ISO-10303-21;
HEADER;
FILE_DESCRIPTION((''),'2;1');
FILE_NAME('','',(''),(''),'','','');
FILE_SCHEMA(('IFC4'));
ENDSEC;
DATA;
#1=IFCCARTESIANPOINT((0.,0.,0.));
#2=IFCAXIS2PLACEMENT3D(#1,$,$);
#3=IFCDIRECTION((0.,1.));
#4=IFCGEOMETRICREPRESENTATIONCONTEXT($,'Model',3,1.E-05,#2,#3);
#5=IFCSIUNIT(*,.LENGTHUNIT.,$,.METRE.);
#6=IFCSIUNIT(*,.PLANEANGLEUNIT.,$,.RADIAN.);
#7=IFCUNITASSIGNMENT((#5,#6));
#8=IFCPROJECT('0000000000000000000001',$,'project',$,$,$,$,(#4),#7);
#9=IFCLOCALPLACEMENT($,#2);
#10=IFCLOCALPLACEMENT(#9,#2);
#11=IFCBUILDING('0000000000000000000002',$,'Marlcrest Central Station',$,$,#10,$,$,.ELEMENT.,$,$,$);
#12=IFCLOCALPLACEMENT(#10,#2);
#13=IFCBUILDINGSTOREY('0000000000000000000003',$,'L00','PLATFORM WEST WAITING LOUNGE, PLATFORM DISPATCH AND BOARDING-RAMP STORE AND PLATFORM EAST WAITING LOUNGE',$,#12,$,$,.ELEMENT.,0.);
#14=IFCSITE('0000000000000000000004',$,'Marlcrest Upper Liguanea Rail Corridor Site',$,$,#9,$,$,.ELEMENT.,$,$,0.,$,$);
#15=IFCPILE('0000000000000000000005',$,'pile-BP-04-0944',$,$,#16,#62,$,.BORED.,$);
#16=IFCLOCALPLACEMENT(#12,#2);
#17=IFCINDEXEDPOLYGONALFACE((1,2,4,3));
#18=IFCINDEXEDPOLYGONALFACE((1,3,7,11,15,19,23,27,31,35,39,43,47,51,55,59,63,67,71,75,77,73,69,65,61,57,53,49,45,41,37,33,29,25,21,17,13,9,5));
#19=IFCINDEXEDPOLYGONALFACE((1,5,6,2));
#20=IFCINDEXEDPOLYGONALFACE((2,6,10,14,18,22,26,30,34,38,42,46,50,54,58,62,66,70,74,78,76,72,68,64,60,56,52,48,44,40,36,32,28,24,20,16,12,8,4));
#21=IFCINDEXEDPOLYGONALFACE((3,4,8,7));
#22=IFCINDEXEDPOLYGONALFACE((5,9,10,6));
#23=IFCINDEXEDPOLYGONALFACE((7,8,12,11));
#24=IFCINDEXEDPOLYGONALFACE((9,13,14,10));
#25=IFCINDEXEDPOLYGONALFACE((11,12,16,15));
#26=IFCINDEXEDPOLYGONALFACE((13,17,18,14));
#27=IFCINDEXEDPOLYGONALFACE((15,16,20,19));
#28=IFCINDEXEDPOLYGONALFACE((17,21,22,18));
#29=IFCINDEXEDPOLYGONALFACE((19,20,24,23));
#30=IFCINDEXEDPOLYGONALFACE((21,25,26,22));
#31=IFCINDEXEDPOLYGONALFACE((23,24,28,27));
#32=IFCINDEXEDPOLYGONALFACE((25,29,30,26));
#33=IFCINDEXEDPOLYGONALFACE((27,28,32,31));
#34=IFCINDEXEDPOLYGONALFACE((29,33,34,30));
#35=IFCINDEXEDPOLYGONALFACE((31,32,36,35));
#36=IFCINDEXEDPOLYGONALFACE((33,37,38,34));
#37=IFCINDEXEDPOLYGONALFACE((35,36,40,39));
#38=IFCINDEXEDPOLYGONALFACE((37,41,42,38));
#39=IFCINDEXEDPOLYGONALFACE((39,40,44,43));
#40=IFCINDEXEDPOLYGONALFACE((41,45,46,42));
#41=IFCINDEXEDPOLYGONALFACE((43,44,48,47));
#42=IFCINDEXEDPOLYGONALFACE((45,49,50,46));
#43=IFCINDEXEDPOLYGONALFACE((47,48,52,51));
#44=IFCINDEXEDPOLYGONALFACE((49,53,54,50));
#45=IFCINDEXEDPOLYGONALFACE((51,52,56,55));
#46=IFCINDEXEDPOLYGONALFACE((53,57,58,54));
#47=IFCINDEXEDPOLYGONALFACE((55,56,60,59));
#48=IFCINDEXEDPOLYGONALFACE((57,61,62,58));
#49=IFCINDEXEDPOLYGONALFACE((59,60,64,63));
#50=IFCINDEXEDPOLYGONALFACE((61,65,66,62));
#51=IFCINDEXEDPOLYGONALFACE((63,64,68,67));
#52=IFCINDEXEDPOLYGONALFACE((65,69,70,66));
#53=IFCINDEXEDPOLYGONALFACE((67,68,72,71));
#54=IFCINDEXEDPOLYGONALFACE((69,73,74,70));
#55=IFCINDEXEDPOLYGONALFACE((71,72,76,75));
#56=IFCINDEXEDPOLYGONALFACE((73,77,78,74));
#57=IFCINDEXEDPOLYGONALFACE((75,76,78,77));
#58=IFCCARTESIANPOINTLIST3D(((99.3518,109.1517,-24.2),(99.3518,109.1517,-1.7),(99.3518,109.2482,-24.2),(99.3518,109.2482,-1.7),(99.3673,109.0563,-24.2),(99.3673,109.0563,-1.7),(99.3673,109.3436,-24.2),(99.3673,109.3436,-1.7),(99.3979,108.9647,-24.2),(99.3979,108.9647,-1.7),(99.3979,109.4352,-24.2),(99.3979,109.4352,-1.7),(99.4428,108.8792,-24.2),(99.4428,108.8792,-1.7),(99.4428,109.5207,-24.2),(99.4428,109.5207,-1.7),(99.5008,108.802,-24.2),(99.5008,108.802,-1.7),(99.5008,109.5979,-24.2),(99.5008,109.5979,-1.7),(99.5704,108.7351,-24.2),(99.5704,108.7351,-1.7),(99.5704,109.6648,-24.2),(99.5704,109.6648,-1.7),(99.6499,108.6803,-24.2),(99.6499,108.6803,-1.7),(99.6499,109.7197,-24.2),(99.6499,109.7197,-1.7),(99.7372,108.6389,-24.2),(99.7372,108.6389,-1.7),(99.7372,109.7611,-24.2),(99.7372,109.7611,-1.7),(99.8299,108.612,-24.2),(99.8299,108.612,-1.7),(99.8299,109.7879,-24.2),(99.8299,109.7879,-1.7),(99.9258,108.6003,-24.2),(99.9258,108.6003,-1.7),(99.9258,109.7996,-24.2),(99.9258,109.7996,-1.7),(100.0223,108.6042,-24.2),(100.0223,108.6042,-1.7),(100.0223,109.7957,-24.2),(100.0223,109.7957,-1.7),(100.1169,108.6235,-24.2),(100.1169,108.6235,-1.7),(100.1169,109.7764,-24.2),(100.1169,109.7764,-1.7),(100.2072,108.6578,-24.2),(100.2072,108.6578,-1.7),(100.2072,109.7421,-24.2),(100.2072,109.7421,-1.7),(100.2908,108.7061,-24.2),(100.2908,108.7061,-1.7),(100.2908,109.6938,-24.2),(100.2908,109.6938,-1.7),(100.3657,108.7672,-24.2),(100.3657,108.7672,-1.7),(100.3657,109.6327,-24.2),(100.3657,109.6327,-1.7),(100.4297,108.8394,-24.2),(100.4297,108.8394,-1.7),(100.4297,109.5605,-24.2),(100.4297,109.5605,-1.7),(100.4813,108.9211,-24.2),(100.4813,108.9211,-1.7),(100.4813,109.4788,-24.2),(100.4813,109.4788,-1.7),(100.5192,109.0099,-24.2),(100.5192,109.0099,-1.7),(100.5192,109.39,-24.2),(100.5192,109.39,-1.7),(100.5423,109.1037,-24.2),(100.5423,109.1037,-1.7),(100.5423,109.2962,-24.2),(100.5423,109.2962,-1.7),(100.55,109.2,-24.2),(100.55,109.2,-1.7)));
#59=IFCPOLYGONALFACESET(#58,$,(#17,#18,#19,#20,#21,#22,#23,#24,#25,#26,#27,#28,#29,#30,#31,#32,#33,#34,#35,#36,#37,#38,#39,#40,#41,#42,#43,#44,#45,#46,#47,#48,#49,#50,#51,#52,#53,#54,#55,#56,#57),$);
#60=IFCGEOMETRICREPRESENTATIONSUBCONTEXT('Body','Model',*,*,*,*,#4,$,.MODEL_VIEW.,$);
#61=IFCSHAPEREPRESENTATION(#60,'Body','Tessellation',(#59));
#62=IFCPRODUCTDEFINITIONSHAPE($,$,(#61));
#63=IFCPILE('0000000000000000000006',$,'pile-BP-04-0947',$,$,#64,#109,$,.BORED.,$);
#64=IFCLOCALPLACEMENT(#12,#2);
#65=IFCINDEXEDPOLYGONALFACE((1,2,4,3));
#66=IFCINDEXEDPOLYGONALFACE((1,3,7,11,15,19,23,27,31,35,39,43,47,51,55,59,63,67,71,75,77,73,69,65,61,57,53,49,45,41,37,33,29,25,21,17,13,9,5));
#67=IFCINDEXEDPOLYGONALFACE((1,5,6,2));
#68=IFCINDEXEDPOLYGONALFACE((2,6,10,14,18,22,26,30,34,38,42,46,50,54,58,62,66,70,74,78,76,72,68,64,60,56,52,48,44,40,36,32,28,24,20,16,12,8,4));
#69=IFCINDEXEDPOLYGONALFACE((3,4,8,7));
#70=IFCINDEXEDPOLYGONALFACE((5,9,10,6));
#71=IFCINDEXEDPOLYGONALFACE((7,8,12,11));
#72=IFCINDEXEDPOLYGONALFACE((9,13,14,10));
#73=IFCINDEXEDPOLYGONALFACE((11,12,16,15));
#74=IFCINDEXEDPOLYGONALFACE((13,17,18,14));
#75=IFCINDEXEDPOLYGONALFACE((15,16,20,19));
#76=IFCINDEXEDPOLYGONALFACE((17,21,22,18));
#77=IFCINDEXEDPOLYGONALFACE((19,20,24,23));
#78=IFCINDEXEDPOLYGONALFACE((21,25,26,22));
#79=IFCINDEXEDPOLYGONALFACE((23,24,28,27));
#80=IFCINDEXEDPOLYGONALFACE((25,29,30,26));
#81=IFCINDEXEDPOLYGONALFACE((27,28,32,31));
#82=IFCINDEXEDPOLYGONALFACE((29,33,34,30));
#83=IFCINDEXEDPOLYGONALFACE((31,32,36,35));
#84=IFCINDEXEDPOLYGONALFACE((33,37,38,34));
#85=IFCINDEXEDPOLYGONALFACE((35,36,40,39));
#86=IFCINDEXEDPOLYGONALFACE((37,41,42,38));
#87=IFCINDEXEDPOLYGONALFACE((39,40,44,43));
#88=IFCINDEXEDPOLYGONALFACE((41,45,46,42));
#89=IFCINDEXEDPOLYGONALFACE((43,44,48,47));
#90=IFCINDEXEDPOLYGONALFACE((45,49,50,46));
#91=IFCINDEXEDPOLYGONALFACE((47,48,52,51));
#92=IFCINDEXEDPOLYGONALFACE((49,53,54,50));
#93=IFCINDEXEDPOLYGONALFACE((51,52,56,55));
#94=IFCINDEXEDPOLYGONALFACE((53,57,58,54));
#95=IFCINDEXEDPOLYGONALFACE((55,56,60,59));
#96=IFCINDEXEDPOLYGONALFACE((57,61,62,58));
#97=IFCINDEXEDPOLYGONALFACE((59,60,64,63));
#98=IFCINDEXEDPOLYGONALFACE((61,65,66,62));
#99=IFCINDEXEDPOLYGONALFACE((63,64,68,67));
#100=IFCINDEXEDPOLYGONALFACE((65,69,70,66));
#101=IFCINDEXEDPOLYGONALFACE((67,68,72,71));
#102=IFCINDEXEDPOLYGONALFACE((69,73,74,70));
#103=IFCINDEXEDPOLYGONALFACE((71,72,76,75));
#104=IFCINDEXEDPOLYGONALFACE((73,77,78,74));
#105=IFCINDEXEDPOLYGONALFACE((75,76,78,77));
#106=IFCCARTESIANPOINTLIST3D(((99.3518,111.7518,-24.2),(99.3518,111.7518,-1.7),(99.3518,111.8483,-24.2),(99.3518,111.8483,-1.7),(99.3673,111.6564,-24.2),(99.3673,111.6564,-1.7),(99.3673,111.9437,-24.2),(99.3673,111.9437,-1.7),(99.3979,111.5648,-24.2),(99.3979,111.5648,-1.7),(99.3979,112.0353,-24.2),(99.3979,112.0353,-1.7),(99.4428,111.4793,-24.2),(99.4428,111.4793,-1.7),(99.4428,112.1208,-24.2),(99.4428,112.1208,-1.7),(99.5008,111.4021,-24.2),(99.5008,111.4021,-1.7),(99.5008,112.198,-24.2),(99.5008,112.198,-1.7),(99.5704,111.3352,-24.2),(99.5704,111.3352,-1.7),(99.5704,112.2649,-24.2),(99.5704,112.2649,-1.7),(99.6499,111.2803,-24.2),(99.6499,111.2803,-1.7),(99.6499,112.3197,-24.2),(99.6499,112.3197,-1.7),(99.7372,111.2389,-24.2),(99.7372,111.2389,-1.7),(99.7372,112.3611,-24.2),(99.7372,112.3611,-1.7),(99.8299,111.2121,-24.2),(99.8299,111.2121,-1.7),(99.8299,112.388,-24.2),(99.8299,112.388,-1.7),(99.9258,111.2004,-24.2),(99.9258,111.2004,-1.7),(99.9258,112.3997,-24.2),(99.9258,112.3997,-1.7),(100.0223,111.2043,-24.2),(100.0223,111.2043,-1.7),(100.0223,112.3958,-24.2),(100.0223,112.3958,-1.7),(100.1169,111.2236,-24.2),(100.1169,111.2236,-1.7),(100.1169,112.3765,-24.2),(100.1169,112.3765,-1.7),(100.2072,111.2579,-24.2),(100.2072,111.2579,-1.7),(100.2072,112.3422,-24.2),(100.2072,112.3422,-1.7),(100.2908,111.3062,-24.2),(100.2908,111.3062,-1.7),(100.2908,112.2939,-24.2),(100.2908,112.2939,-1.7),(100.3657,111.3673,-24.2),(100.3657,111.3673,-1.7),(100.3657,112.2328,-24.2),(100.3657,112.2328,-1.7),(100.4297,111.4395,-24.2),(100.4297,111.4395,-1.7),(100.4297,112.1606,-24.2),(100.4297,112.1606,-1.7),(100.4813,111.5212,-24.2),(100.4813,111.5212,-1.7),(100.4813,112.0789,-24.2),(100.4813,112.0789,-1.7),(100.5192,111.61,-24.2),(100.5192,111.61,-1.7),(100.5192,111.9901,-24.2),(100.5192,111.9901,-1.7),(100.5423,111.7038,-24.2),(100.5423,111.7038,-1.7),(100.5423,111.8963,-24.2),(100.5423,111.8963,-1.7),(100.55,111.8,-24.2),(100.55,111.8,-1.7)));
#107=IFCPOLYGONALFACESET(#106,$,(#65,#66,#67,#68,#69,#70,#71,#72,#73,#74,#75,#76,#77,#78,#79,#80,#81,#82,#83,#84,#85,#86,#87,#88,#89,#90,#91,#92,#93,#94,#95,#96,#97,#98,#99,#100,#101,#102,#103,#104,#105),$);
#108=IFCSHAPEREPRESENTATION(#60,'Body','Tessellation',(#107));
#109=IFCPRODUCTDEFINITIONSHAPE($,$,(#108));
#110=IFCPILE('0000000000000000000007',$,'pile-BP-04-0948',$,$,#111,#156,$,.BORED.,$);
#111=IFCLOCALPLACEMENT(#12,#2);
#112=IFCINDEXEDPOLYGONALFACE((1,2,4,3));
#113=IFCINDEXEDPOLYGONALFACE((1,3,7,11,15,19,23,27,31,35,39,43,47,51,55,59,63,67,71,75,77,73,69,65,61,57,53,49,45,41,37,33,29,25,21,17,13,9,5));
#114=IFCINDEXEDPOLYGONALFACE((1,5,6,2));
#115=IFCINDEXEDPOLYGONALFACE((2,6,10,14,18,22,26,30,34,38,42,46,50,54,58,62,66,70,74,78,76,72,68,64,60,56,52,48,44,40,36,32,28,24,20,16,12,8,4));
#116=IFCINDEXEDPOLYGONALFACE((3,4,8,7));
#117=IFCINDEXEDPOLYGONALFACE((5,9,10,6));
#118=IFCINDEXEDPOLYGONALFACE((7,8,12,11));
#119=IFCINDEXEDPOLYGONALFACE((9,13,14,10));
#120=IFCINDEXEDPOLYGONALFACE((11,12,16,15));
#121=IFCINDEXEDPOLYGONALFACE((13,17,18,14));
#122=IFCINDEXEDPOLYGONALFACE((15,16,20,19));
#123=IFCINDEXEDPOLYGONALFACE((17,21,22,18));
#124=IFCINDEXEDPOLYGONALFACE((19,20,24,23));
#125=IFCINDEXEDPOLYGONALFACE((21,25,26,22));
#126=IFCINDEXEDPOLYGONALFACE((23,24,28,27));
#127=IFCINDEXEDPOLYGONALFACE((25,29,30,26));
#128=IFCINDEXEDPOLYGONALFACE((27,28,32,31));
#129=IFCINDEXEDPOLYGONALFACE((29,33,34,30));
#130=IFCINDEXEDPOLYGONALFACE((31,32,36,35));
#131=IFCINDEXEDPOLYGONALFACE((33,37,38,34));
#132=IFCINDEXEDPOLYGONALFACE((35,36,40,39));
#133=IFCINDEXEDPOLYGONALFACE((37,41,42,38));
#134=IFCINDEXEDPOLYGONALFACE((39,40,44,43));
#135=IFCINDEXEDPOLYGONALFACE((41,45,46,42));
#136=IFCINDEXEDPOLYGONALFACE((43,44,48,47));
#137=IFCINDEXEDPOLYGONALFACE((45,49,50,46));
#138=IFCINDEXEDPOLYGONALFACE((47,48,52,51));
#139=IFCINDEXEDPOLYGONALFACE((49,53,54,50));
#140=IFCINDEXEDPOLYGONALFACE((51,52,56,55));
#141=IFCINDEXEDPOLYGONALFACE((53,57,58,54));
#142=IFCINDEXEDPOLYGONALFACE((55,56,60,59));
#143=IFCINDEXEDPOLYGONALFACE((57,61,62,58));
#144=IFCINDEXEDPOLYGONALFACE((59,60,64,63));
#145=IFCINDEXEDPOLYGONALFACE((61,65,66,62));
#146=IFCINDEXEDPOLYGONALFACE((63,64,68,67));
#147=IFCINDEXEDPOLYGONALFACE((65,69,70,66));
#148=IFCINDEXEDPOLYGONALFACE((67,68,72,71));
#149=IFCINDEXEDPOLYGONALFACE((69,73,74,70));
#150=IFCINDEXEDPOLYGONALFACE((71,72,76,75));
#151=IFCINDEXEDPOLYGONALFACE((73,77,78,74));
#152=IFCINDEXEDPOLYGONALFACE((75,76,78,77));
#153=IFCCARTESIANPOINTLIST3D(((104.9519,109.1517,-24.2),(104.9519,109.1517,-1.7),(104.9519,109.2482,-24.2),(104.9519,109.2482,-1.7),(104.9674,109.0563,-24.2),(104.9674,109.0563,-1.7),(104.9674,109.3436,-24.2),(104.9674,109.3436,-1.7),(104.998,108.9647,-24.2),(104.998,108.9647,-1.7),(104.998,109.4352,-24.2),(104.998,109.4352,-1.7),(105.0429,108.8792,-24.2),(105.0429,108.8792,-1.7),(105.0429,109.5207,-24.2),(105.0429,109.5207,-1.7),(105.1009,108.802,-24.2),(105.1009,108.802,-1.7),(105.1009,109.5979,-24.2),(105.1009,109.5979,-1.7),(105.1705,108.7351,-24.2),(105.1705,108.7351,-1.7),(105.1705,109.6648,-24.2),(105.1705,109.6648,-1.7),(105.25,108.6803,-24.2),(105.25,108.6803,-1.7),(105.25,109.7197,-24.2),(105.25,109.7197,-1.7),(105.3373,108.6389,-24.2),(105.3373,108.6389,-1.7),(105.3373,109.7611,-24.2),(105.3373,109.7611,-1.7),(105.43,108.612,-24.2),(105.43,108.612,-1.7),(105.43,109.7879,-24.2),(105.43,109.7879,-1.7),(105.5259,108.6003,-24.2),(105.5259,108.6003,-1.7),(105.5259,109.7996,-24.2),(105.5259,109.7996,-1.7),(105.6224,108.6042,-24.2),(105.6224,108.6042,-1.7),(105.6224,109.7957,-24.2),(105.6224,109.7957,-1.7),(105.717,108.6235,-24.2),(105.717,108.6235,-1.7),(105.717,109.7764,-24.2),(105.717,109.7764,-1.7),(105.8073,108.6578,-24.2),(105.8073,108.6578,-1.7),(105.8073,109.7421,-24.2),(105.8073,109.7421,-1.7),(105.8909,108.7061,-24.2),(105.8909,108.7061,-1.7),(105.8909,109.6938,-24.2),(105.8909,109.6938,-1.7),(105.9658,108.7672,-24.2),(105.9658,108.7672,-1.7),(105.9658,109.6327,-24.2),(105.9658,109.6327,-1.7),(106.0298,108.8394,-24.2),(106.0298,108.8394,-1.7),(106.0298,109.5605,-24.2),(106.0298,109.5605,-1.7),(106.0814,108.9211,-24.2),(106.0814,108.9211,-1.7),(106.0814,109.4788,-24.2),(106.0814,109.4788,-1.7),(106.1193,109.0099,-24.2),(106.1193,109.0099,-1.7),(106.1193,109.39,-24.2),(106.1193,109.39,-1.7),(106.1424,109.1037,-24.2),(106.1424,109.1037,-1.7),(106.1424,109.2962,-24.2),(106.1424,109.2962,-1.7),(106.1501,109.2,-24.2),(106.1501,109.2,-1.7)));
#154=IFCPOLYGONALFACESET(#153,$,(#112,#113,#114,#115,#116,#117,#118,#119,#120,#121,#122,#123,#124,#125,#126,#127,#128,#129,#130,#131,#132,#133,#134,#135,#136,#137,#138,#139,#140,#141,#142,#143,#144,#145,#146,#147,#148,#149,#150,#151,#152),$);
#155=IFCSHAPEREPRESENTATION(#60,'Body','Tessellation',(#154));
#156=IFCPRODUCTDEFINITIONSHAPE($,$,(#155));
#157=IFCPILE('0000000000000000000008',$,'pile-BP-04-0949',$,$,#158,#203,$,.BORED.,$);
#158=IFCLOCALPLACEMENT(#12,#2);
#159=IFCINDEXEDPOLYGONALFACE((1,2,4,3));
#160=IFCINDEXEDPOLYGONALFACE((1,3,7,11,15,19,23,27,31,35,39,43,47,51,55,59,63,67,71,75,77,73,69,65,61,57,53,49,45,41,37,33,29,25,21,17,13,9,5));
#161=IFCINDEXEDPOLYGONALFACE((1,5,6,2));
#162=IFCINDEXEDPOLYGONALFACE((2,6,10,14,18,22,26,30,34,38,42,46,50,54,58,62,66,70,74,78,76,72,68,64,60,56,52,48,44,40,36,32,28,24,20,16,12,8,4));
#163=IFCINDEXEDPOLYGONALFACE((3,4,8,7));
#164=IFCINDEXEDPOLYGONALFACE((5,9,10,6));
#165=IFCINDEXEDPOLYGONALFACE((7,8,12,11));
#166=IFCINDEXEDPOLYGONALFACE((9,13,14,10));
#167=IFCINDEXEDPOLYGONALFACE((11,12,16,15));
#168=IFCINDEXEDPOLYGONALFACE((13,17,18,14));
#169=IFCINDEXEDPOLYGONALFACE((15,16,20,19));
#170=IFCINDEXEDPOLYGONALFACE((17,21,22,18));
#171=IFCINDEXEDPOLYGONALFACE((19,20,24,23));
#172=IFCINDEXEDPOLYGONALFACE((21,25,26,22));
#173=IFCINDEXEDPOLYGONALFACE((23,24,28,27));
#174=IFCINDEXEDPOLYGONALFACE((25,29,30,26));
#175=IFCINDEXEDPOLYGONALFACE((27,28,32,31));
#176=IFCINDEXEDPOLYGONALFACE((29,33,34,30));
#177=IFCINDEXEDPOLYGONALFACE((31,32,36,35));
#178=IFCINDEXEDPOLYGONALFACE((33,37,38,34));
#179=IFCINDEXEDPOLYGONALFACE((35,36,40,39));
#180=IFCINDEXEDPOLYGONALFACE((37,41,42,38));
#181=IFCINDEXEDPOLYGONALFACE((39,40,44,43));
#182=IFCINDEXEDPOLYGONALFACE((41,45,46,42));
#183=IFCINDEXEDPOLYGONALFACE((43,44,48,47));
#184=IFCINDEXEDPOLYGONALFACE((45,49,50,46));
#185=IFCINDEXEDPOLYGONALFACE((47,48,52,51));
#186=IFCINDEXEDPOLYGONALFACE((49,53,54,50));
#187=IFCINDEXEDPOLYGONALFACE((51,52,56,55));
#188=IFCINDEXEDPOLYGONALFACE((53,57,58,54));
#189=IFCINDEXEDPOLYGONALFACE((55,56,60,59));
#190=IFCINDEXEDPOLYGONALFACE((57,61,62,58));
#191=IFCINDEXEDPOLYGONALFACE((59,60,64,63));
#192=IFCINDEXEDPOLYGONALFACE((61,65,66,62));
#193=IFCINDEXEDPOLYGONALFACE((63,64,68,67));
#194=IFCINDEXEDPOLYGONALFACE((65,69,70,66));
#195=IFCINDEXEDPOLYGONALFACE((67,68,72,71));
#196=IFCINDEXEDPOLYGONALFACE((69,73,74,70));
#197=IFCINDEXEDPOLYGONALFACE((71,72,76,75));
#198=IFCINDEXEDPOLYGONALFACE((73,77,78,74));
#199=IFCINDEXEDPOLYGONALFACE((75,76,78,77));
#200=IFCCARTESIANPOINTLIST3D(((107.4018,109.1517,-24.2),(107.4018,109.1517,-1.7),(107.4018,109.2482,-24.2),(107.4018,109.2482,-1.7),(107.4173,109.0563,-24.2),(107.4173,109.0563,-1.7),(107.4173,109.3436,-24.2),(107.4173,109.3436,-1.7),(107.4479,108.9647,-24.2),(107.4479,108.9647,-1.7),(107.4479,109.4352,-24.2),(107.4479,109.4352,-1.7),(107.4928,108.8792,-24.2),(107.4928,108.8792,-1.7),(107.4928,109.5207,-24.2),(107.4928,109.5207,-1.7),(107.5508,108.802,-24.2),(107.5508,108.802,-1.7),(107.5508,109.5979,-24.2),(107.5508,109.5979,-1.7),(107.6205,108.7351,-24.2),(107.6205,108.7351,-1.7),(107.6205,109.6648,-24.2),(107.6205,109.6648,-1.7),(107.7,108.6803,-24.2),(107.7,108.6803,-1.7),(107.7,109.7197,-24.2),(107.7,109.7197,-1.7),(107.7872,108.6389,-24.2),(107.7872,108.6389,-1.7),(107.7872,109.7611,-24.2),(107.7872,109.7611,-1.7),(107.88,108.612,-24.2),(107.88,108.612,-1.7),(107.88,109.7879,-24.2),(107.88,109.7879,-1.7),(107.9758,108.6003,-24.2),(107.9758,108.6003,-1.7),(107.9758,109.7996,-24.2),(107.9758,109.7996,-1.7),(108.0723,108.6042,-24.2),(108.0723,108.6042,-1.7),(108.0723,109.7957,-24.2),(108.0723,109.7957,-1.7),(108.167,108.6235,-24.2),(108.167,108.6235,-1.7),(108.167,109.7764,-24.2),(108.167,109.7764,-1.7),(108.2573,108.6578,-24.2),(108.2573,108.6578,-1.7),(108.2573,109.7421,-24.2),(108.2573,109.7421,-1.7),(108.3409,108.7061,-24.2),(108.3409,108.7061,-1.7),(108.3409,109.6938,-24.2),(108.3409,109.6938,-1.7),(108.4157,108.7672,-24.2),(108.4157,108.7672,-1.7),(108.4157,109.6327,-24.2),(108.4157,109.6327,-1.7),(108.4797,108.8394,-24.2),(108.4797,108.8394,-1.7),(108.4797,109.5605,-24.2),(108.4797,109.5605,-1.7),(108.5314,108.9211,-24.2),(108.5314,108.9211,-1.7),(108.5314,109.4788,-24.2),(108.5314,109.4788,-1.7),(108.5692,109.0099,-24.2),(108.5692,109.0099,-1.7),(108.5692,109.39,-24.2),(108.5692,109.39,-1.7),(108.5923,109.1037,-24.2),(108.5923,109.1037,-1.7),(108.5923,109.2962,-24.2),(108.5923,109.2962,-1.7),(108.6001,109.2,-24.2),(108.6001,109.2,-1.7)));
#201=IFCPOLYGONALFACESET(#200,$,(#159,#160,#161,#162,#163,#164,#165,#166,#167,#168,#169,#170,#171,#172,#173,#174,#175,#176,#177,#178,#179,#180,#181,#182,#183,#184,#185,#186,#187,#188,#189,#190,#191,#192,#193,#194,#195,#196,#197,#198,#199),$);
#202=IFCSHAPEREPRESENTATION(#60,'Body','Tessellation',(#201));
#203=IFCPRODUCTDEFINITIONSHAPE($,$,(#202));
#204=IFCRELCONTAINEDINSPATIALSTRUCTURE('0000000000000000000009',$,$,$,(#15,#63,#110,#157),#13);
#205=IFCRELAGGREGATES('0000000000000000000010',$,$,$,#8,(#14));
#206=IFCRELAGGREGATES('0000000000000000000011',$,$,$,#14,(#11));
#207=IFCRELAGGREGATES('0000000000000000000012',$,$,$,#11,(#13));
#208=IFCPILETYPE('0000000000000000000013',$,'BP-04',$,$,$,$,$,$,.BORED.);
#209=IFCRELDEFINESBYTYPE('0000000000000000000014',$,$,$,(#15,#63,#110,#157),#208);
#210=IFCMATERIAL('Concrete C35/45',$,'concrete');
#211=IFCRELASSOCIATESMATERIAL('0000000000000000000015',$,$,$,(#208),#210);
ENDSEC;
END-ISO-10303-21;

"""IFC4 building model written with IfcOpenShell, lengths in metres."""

from ifc_helpers import new_model, si_unit, direction, frame, origin, origin_2d, place, context, subcontext, project, spatial, circle, extrude, material, material_profile, profile_set, type_object, element, save


model = new_model("IFC4")

# Units and contexts
model_context = context("Model", 3, precision=1e-05, world=origin(), true_north=direction((0.0, 1.0)))
body_context = subcontext(model_context, "Body", "Model", "MODEL_VIEW")
ifc_project = project(units=[si_unit("LENGTHUNIT", "METRE"), si_unit("PLANEANGLEUNIT", "RADIAN")], contexts=[model_context])

# Site, building, storey
site_placement = place(None, origin())
site = spatial("IfcSite", under=ifc_project, at=site_placement, Name="Marlcrest Upper Liguanea Rail Corridor Site", CompositionType="ELEMENT", RefElevation=0.0)
building_placement = place(site_placement, origin())
building = spatial("IfcBuilding", under=site, at=building_placement, Name="Marlcrest Central Station", CompositionType="ELEMENT")
storey_placement = place(building_placement, origin())
storey = spatial("IfcBuildingStorey", under=building, at=storey_placement, Name="L00", Description="PLATFORM WEST WAITING LOUNGE, PLATFORM DISPATCH AND BOARDING-RAMP STORE AND PLATFORM EAST WAITING LOUNGE", CompositionType="ELEMENT", Elevation=0.0)

# Piles
ifc_material_1 = material(Name="Concrete C35/45", Category="concrete")
ifc_material_profile_1 = material_profile(ifc_material_1, circle(Radius=0.6001, at=origin_2d()), Name="PILE D1200")
ifc_profile_set_1 = profile_set([ifc_material_profile_1], Name="Concrete C35/45")
pile_type = type_object("IfcPileType", Name="BP-04", PredefinedType="BORED", material=ifc_profile_set_1)
for number, where, z_axis, x_axis, name in (
    (1, (99.95, 109.2, -1.7), (0.0, 0.0, -1.0), (1.0, 0.0, 0.0), "pile-BP-04-0944"),
    (2, (99.95, 111.8, -1.7), (0.0, 0.0, -1.0), (1.0, 0.0, 0.0), "pile-BP-04-0947"),
    (3, (105.55, 109.2, -1.7), (0.0, 0.0, -1.0), (1.0, 0.0, 0.0), "pile-BP-04-0948"),
    (4, (108.0, 109.2, -1.7), (0.0, 0.0, -1.0), (1.0, 0.0, 0.0), "pile-BP-04-0949"),
):
    element("IfcPile", number, at=place(storey_placement, frame(where, z_axis=z_axis, x_axis=x_axis)), inside=storey, type_object=pile_type, Name=name, PredefinedType="BORED", context=body_context, shape_type="SweptSolid", body=[
        extrude(circle(Radius=0.6001, at=origin_2d()), origin(), (0.0, 0.0, 1.0), 22.5),
    ])

save(model, "model.ifc")
